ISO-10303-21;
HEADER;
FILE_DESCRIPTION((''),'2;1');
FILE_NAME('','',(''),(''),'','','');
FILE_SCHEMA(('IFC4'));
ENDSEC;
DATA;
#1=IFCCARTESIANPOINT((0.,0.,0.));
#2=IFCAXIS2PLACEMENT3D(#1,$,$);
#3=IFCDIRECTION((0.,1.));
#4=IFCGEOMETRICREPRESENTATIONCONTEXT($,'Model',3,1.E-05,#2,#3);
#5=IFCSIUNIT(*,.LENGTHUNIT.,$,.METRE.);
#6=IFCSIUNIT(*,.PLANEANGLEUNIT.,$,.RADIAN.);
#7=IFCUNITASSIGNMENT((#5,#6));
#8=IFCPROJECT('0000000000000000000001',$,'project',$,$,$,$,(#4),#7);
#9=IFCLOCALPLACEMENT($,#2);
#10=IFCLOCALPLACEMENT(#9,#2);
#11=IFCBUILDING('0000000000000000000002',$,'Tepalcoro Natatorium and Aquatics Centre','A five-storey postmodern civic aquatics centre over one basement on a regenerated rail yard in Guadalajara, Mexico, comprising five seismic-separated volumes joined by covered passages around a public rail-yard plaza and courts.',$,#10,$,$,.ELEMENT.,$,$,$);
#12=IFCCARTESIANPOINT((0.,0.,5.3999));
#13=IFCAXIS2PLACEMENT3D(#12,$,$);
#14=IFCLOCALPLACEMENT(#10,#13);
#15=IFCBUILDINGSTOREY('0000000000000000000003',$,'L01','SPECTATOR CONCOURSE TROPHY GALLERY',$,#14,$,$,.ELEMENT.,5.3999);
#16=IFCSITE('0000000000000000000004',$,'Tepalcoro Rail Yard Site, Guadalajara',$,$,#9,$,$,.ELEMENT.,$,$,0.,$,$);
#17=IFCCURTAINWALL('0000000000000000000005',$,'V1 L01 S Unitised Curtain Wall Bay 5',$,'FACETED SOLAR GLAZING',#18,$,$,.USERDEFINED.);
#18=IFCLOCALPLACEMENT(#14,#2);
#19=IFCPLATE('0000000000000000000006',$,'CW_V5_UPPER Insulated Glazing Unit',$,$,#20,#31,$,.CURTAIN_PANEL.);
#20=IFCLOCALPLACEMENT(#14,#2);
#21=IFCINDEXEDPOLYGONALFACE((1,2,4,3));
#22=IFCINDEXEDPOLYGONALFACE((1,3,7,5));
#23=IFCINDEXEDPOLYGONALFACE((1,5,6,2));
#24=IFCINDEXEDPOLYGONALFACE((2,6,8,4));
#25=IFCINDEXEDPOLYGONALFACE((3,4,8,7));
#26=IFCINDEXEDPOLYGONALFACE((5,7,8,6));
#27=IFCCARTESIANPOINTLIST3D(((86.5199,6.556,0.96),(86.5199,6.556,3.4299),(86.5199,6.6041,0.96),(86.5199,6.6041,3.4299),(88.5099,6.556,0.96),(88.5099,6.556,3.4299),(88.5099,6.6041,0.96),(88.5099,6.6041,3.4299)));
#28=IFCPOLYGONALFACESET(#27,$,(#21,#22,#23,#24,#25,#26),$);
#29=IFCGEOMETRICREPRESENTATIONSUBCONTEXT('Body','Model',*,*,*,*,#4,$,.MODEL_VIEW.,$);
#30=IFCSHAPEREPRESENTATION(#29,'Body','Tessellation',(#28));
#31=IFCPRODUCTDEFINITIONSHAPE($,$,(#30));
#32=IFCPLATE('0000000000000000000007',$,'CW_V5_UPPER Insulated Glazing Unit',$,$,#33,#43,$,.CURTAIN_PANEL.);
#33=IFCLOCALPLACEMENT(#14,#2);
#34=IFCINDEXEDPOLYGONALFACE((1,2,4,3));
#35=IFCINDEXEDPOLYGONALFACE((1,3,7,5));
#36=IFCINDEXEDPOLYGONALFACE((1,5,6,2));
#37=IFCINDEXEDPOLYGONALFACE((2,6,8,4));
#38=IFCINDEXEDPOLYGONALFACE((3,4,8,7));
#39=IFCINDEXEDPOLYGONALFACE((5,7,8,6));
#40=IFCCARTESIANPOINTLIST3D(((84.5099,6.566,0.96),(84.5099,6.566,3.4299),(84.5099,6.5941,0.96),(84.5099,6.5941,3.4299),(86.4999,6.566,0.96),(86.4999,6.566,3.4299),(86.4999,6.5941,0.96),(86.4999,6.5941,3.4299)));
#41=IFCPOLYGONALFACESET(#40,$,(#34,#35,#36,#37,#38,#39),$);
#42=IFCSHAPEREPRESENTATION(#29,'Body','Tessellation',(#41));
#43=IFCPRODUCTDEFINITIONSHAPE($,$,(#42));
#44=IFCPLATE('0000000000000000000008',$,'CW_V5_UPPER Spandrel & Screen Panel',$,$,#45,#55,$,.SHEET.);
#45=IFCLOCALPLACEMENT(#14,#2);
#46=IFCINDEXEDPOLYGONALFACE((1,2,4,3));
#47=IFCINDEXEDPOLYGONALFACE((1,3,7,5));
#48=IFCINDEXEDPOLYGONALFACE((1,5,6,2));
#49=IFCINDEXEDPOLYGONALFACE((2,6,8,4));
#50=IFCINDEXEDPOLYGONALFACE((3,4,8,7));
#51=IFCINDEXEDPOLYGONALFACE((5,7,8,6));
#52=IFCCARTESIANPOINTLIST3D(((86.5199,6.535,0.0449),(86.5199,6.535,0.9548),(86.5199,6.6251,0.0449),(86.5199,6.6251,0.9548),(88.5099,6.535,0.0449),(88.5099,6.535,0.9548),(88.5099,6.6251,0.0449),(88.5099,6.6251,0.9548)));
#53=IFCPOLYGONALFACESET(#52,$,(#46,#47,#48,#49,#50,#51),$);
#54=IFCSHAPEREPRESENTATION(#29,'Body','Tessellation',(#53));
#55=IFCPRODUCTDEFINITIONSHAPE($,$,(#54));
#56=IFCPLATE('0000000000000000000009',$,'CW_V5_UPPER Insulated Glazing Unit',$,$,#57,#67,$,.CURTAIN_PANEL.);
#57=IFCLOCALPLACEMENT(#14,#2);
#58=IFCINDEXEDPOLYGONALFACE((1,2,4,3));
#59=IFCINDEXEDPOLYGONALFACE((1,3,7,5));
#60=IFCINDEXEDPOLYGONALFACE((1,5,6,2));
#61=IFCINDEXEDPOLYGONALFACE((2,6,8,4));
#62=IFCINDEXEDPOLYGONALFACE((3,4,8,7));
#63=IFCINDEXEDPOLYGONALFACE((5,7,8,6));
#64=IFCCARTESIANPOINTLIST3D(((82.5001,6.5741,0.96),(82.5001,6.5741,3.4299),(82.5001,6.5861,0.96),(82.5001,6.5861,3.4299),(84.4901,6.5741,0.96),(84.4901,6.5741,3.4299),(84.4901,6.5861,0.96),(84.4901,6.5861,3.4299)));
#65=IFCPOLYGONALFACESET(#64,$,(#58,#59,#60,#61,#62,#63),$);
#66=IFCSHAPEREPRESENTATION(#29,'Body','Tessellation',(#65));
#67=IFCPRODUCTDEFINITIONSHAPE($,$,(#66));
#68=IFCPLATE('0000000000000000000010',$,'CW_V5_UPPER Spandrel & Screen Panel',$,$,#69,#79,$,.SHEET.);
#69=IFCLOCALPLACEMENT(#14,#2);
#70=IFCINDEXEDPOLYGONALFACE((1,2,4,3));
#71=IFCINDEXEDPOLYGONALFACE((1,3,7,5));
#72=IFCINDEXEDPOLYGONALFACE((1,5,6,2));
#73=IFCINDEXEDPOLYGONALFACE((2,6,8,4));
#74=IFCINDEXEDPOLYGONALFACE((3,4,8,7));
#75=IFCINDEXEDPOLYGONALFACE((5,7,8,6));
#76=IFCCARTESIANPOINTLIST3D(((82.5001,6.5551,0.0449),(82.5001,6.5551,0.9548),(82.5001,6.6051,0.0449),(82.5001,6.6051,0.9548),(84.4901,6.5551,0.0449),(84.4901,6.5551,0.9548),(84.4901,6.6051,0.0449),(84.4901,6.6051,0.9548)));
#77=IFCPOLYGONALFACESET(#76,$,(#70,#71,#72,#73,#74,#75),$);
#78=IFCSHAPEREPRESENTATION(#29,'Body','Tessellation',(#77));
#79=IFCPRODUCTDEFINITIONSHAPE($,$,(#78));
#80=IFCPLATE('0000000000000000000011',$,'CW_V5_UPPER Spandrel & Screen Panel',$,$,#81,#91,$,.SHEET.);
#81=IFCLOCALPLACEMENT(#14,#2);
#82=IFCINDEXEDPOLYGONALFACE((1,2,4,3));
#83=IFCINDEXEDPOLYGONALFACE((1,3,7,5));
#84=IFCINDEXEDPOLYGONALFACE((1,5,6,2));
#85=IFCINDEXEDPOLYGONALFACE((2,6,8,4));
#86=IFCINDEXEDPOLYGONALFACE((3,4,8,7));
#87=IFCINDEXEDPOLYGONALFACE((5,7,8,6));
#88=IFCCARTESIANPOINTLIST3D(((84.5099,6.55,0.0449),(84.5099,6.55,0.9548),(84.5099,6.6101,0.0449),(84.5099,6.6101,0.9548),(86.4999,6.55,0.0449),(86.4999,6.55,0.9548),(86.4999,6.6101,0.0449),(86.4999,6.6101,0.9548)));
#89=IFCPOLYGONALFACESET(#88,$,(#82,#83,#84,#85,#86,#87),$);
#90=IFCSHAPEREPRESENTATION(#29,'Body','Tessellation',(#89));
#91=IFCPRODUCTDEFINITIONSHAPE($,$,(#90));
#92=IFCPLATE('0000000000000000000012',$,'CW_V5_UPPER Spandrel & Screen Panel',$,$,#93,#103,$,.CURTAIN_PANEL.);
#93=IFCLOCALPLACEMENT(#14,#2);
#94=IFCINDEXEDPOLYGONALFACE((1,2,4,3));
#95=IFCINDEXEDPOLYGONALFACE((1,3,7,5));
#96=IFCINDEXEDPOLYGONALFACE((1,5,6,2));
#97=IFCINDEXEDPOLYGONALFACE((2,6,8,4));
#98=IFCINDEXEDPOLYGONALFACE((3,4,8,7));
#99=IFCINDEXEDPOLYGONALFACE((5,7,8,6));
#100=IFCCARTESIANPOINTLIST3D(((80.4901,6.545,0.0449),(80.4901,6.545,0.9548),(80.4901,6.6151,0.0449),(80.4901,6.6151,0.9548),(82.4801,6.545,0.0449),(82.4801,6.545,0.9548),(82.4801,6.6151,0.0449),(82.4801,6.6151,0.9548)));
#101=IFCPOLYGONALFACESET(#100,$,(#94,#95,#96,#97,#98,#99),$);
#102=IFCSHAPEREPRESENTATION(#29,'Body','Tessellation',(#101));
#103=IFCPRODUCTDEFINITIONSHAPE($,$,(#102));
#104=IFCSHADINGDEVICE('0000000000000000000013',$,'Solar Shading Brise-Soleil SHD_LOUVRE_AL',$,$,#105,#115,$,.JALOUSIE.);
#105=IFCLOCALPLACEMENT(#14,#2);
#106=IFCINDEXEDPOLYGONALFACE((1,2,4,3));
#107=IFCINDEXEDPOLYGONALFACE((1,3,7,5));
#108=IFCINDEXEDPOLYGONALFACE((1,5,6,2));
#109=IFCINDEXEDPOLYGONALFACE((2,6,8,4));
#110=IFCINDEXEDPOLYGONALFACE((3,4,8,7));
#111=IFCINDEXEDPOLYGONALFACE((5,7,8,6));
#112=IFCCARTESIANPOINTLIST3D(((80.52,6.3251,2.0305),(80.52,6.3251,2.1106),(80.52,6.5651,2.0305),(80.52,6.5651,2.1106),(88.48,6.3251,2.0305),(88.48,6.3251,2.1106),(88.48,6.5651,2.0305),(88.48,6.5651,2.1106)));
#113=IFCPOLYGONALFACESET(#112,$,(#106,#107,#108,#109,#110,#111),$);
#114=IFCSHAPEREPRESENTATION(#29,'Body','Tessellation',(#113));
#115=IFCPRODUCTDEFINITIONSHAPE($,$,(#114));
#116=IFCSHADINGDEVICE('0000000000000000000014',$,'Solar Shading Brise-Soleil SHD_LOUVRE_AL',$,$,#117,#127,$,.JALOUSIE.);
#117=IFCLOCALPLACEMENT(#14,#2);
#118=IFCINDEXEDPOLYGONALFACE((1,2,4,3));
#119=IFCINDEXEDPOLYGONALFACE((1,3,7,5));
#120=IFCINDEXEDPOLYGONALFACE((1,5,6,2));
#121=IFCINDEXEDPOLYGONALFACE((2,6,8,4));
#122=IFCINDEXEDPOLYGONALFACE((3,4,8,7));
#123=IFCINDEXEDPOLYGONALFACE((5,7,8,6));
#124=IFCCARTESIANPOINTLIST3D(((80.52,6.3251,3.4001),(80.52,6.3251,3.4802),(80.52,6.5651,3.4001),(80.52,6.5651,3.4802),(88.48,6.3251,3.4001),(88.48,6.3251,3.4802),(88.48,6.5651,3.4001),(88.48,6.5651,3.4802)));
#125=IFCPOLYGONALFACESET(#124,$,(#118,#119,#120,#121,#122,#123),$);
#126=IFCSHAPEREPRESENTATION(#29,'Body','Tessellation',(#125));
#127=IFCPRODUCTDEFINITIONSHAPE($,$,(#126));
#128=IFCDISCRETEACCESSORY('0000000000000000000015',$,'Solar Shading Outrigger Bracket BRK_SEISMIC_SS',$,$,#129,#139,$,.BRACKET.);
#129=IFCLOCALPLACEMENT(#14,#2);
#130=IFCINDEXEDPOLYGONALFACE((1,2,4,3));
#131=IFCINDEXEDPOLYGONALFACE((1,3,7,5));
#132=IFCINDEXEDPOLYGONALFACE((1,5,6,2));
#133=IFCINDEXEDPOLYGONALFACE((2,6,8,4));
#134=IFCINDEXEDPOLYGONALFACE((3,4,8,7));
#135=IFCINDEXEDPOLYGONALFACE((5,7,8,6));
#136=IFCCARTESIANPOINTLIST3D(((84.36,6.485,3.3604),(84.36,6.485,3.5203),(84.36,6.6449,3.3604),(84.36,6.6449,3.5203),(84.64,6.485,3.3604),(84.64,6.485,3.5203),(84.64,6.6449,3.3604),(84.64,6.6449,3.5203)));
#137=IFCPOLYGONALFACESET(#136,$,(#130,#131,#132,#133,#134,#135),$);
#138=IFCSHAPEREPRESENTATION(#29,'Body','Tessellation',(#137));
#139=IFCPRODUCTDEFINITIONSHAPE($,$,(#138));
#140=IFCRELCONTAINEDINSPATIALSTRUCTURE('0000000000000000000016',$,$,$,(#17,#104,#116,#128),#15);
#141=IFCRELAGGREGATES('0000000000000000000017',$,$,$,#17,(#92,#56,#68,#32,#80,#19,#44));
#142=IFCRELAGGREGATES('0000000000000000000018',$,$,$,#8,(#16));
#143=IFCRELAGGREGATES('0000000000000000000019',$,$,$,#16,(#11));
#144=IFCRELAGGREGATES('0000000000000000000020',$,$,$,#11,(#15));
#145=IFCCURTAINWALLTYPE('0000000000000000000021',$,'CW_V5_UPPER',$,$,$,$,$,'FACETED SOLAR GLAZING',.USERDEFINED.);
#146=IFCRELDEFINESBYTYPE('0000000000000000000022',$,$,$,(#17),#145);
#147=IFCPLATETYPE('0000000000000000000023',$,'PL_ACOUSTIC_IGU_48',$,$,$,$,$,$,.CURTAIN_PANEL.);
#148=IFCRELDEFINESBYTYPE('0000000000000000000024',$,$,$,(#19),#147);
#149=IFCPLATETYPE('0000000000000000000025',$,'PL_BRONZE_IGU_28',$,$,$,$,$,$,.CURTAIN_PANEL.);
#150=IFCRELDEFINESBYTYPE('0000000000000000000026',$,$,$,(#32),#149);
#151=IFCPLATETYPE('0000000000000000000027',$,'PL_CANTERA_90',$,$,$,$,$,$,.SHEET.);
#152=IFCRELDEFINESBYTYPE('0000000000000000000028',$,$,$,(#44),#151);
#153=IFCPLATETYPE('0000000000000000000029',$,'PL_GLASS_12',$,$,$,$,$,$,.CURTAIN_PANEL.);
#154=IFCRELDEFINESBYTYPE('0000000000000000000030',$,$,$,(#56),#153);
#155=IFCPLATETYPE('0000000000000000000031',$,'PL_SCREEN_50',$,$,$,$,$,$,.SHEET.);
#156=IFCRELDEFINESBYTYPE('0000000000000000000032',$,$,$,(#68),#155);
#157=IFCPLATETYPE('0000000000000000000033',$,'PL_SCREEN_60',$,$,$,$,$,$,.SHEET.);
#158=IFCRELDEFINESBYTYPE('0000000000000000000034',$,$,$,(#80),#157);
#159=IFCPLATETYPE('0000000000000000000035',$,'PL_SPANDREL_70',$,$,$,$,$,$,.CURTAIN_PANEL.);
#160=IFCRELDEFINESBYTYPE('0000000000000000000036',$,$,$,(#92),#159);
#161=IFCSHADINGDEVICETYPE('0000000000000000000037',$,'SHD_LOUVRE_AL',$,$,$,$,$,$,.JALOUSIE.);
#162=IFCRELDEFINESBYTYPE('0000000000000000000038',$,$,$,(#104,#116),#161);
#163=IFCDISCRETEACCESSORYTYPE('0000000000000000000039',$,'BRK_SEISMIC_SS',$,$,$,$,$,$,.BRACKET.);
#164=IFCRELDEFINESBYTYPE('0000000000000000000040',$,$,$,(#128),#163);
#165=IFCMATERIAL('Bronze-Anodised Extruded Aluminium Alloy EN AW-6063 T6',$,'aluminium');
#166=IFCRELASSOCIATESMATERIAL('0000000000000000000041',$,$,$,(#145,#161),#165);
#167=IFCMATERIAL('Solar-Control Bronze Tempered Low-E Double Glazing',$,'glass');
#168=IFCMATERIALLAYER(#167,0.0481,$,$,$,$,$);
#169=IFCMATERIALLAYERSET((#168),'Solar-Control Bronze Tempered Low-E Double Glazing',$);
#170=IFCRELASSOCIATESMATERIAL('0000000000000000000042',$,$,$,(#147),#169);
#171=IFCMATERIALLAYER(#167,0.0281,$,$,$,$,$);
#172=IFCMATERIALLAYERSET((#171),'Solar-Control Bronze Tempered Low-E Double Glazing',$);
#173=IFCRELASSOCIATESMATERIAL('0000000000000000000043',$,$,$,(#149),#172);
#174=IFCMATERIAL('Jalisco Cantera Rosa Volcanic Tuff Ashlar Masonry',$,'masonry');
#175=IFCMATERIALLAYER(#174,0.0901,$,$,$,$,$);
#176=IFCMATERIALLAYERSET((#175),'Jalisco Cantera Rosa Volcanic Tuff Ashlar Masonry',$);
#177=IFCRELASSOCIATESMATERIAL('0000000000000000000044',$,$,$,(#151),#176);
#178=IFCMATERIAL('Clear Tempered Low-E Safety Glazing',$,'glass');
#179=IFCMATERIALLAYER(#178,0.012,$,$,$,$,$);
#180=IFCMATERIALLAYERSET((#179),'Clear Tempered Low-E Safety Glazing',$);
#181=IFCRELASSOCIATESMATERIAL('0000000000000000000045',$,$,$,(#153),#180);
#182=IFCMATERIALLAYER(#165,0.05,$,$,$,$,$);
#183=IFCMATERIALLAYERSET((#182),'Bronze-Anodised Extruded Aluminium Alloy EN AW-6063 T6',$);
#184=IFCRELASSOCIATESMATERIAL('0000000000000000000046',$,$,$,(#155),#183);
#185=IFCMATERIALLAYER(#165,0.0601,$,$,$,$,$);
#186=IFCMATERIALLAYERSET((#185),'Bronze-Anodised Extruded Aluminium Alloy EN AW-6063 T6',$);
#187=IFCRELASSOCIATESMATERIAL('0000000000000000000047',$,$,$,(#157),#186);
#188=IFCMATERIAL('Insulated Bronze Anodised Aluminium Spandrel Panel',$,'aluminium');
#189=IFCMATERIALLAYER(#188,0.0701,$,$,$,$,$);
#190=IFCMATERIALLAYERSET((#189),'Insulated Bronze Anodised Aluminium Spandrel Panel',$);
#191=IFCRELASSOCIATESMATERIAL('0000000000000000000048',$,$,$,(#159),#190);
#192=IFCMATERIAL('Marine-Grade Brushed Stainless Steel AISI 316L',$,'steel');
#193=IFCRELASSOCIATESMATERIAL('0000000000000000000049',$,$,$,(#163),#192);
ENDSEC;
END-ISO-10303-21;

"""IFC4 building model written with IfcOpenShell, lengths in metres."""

from ifc_helpers import new_model, si_unit, direction, frame, origin, origin_2d, place, context, subcontext, project, spatial, rectangle, extrude, material, layer, layer_set, type_object, element, aggregate, save


model = new_model("IFC4")

# Units and contexts
model_context = context("Model", 3, precision=1e-05, world=origin(), true_north=direction((0.0, 1.0)))
body_context = subcontext(model_context, "Body", "Model", "MODEL_VIEW")
ifc_project = project(units=[si_unit("LENGTHUNIT", "METRE"), si_unit("PLANEANGLEUNIT", "RADIAN")], contexts=[model_context])

# Site, building, storey
site_placement = place(None, origin())
site = spatial("IfcSite", under=ifc_project, at=site_placement, Name="Tepalcoro Rail Yard Site, Guadalajara", CompositionType="ELEMENT", RefElevation=0.0)
building_placement = place(site_placement, origin())
building = spatial("IfcBuilding", under=site, at=building_placement, Name="Tepalcoro Natatorium and Aquatics Centre", Description="A five-storey postmodern civic aquatics centre over one basement on a regenerated rail yard in Guadalajara, Mexico, comprising five seismic-separated volumes joined by covered passages around a public rail-yard plaza and courts.", CompositionType="ELEMENT")
storey_placement = place(building_placement, frame((0.0, 0.0, 5.3999)))
storey = spatial("IfcBuildingStorey", under=building, at=storey_placement, Name="L01", Description="SPECTATOR CONCOURSE TROPHY GALLERY", CompositionType="ELEMENT", Elevation=5.3999)

# Curtain wall
ifc_material_1 = material(Name="Bronze-Anodised Extruded Aluminium Alloy EN AW-6063 T6", Category="aluminium")
curtain_wall_type = type_object("IfcCurtainWallType", Name="CW_V5_UPPER", ElementType="FACETED SOLAR GLAZING", PredefinedType="USERDEFINED", material=ifc_material_1)
curtain_wall_placement = place(storey_placement, origin())
curtain_wall = element("IfcCurtainWall", 1, at=curtain_wall_placement, inside=storey, type_object=curtain_wall_type, Name="V1 L01 S Unitised Curtain Wall Bay 5", ObjectType="FACETED SOLAR GLAZING", PredefinedType="USERDEFINED")

# Plates
ifc_material_2 = material(Name="Solar-Control Bronze Tempered Low-E Double Glazing", Category="glass")
ifc_layer_1 = layer(ifc_material_2, 0.0481)
ifc_layer_set_1 = layer_set([ifc_layer_1], Name="Solar-Control Bronze Tempered Low-E Double Glazing")
plate_type_1 = type_object("IfcPlateType", Name="PL_ACOUSTIC_IGU_48", PredefinedType="CURTAIN_PANEL", material=ifc_layer_set_1)
plate_1_placement = place(storey_placement, frame((87.5149, 6.5801, 0.96), z_axis=(0.0, 0.0, 1.0), x_axis=(1.0, 0.0, 0.0)))
plate_1 = element("IfcPlate", 2, at=plate_1_placement, type_object=plate_type_1, Name="CW_V5_UPPER Insulated Glazing Unit", PredefinedType="CURTAIN_PANEL", context=body_context, shape_type="SweptSolid", body=[
    extrude(rectangle(XDim=1.99, YDim=0.0481, at=origin_2d()), origin(), (0.0, 0.0, 1.0), 2.47),
])
ifc_layer_2 = layer(ifc_material_2, 0.0281)
ifc_layer_set_2 = layer_set([ifc_layer_2], Name="Solar-Control Bronze Tempered Low-E Double Glazing")
plate_type_2 = type_object("IfcPlateType", Name="PL_BRONZE_IGU_28", PredefinedType="CURTAIN_PANEL", material=ifc_layer_set_2)
plate_2_placement = place(storey_placement, frame((85.5049, 6.5801, 0.96), z_axis=(0.0, 0.0, 1.0), x_axis=(1.0, 0.0, 0.0)))
plate_2 = element("IfcPlate", 3, at=plate_2_placement, type_object=plate_type_2, Name="CW_V5_UPPER Insulated Glazing Unit", PredefinedType="CURTAIN_PANEL", context=body_context, shape_type="SweptSolid", body=[
    extrude(rectangle(XDim=1.99, YDim=0.0281, at=origin_2d()), origin(), (0.0, 0.0, 1.0), 2.47),
])
ifc_material_3 = material(Name="Jalisco Cantera Rosa Volcanic Tuff Ashlar Masonry", Category="masonry")
ifc_layer_3 = layer(ifc_material_3, 0.0901)
ifc_layer_set_3 = layer_set([ifc_layer_3], Name="Jalisco Cantera Rosa Volcanic Tuff Ashlar Masonry")
plate_type_3 = type_object("IfcPlateType", Name="PL_CANTERA_90", PredefinedType="SHEET", material=ifc_layer_set_3)
plate_3_placement = place(storey_placement, frame((87.5149, 6.5801, 0.0449), z_axis=(0.0, 0.0, 1.0), x_axis=(1.0, 0.0, 0.0)))
plate_3 = element("IfcPlate", 4, at=plate_3_placement, type_object=plate_type_3, Name="CW_V5_UPPER Spandrel & Screen Panel", PredefinedType="SHEET", context=body_context, shape_type="SweptSolid", body=[
    extrude(rectangle(XDim=1.99, YDim=0.0901, at=origin_2d()), origin(), (0.0, 0.0, 1.0), 0.9099),
])
ifc_material_4 = material(Name="Clear Tempered Low-E Safety Glazing", Category="glass")
ifc_layer_4 = layer(ifc_material_4, 0.012)
ifc_layer_set_4 = layer_set([ifc_layer_4], Name="Clear Tempered Low-E Safety Glazing")
plate_type_4 = type_object("IfcPlateType", Name="PL_GLASS_12", PredefinedType="CURTAIN_PANEL", material=ifc_layer_set_4)
plate_4_placement = place(storey_placement, frame((83.4951, 6.5801, 0.96), z_axis=(0.0, 0.0, 1.0), x_axis=(1.0, 0.0, 0.0)))
plate_4 = element("IfcPlate", 5, at=plate_4_placement, type_object=plate_type_4, Name="CW_V5_UPPER Insulated Glazing Unit", PredefinedType="CURTAIN_PANEL", context=body_context, shape_type="SweptSolid", body=[
    extrude(rectangle(XDim=1.99, YDim=0.012, at=origin_2d()), origin(), (0.0, 0.0, 1.0), 2.47),
])
ifc_layer_5 = layer(ifc_material_1, 0.05)
ifc_layer_set_5 = layer_set([ifc_layer_5], Name="Bronze-Anodised Extruded Aluminium Alloy EN AW-6063 T6")
plate_type_5 = type_object("IfcPlateType", Name="PL_SCREEN_50", PredefinedType="SHEET", material=ifc_layer_set_5)
plate_5_placement = place(storey_placement, frame((83.4951, 6.5801, 0.0449), z_axis=(0.0, 0.0, 1.0), x_axis=(1.0, 0.0, 0.0)))
plate_5 = element("IfcPlate", 6, at=plate_5_placement, type_object=plate_type_5, Name="CW_V5_UPPER Spandrel & Screen Panel", PredefinedType="SHEET", context=body_context, shape_type="SweptSolid", body=[
    extrude(rectangle(XDim=1.99, YDim=0.05, at=origin_2d()), origin(), (0.0, 0.0, 1.0), 0.9099),
])
ifc_layer_6 = layer(ifc_material_1, 0.0601)
ifc_layer_set_6 = layer_set([ifc_layer_6], Name="Bronze-Anodised Extruded Aluminium Alloy EN AW-6063 T6")
plate_type_6 = type_object("IfcPlateType", Name="PL_SCREEN_60", PredefinedType="SHEET", material=ifc_layer_set_6)
plate_6_placement = place(storey_placement, frame((85.5049, 6.5801, 0.0449), z_axis=(0.0, 0.0, 1.0), x_axis=(1.0, 0.0, 0.0)))
plate_6 = element("IfcPlate", 7, at=plate_6_placement, type_object=plate_type_6, Name="CW_V5_UPPER Spandrel & Screen Panel", PredefinedType="SHEET", context=body_context, shape_type="SweptSolid", body=[
    extrude(rectangle(XDim=1.99, YDim=0.0601, at=origin_2d()), origin(), (0.0, 0.0, 1.0), 0.9099),
])
ifc_material_5 = material(Name="Insulated Bronze Anodised Aluminium Spandrel Panel", Category="aluminium")
ifc_layer_7 = layer(ifc_material_5, 0.0701)
ifc_layer_set_7 = layer_set([ifc_layer_7], Name="Insulated Bronze Anodised Aluminium Spandrel Panel")
plate_type_7 = type_object("IfcPlateType", Name="PL_SPANDREL_70", PredefinedType="CURTAIN_PANEL", material=ifc_layer_set_7)
plate_7_placement = place(storey_placement, frame((81.4851, 6.5801, 0.0449), z_axis=(0.0, 0.0, 1.0), x_axis=(1.0, 0.0, 0.0)))
plate_7 = element("IfcPlate", 8, at=plate_7_placement, type_object=plate_type_7, Name="CW_V5_UPPER Spandrel & Screen Panel", PredefinedType="CURTAIN_PANEL", context=body_context, shape_type="SweptSolid", body=[
    extrude(rectangle(XDim=1.99, YDim=0.0701, at=origin_2d()), origin(), (0.0, 0.0, 1.0), 0.9099),
])
aggregate(curtain_wall, [plate_7, plate_4, plate_5, plate_2, plate_6, plate_1, plate_3])

# Shading devices
shading_device_type = type_object("IfcShadingDeviceType", Name="SHD_LOUVRE_AL", PredefinedType="JALOUSIE", material=ifc_material_1)
for number, where, z_axis, x_axis, name in (
    (9, (84.5, 6.4451, 2.0305), (0.0, 0.0, 1.0), (1.0, 0.0, 0.0), "Solar Shading Brise-Soleil SHD_LOUVRE_AL"),
    (10, (84.5, 6.4451, 3.4001), (0.0, 0.0, 1.0), (1.0, 0.0, 0.0), "Solar Shading Brise-Soleil SHD_LOUVRE_AL"),
):
    element("IfcShadingDevice", number, at=place(storey_placement, frame(where, z_axis=z_axis, x_axis=x_axis)), inside=storey, type_object=shading_device_type, Name=name, PredefinedType="JALOUSIE", context=body_context, shape_type="SweptSolid", body=[
        extrude(rectangle(XDim=7.96, YDim=0.24, at=origin_2d()), origin(), (0.0, 0.0, 1.0), 0.0801),
    ])

# Discrete accessory
ifc_material_6 = material(Name="Marine-Grade Brushed Stainless Steel AISI 316L", Category="steel")
discrete_accessory_type = type_object("IfcDiscreteAccessoryType", Name="BRK_SEISMIC_SS", PredefinedType="BRACKET", material=ifc_material_6)
discrete_accessory_placement = place(storey_placement, frame((84.5, 6.5649, 3.3604), z_axis=(0.0, 0.0, 1.0), x_axis=(1.0, 0.0, 0.0)))
element("IfcDiscreteAccessory", 11, at=discrete_accessory_placement, inside=storey, type_object=discrete_accessory_type, Name="Solar Shading Outrigger Bracket BRK_SEISMIC_SS", PredefinedType="BRACKET", context=body_context, shape_type="SweptSolid", body=[
    extrude(rectangle(XDim=0.28, YDim=0.1599, at=origin_2d()), origin(), (0.0, 0.0, 1.0), 0.1599),
])

save(model, "model.ifc")
